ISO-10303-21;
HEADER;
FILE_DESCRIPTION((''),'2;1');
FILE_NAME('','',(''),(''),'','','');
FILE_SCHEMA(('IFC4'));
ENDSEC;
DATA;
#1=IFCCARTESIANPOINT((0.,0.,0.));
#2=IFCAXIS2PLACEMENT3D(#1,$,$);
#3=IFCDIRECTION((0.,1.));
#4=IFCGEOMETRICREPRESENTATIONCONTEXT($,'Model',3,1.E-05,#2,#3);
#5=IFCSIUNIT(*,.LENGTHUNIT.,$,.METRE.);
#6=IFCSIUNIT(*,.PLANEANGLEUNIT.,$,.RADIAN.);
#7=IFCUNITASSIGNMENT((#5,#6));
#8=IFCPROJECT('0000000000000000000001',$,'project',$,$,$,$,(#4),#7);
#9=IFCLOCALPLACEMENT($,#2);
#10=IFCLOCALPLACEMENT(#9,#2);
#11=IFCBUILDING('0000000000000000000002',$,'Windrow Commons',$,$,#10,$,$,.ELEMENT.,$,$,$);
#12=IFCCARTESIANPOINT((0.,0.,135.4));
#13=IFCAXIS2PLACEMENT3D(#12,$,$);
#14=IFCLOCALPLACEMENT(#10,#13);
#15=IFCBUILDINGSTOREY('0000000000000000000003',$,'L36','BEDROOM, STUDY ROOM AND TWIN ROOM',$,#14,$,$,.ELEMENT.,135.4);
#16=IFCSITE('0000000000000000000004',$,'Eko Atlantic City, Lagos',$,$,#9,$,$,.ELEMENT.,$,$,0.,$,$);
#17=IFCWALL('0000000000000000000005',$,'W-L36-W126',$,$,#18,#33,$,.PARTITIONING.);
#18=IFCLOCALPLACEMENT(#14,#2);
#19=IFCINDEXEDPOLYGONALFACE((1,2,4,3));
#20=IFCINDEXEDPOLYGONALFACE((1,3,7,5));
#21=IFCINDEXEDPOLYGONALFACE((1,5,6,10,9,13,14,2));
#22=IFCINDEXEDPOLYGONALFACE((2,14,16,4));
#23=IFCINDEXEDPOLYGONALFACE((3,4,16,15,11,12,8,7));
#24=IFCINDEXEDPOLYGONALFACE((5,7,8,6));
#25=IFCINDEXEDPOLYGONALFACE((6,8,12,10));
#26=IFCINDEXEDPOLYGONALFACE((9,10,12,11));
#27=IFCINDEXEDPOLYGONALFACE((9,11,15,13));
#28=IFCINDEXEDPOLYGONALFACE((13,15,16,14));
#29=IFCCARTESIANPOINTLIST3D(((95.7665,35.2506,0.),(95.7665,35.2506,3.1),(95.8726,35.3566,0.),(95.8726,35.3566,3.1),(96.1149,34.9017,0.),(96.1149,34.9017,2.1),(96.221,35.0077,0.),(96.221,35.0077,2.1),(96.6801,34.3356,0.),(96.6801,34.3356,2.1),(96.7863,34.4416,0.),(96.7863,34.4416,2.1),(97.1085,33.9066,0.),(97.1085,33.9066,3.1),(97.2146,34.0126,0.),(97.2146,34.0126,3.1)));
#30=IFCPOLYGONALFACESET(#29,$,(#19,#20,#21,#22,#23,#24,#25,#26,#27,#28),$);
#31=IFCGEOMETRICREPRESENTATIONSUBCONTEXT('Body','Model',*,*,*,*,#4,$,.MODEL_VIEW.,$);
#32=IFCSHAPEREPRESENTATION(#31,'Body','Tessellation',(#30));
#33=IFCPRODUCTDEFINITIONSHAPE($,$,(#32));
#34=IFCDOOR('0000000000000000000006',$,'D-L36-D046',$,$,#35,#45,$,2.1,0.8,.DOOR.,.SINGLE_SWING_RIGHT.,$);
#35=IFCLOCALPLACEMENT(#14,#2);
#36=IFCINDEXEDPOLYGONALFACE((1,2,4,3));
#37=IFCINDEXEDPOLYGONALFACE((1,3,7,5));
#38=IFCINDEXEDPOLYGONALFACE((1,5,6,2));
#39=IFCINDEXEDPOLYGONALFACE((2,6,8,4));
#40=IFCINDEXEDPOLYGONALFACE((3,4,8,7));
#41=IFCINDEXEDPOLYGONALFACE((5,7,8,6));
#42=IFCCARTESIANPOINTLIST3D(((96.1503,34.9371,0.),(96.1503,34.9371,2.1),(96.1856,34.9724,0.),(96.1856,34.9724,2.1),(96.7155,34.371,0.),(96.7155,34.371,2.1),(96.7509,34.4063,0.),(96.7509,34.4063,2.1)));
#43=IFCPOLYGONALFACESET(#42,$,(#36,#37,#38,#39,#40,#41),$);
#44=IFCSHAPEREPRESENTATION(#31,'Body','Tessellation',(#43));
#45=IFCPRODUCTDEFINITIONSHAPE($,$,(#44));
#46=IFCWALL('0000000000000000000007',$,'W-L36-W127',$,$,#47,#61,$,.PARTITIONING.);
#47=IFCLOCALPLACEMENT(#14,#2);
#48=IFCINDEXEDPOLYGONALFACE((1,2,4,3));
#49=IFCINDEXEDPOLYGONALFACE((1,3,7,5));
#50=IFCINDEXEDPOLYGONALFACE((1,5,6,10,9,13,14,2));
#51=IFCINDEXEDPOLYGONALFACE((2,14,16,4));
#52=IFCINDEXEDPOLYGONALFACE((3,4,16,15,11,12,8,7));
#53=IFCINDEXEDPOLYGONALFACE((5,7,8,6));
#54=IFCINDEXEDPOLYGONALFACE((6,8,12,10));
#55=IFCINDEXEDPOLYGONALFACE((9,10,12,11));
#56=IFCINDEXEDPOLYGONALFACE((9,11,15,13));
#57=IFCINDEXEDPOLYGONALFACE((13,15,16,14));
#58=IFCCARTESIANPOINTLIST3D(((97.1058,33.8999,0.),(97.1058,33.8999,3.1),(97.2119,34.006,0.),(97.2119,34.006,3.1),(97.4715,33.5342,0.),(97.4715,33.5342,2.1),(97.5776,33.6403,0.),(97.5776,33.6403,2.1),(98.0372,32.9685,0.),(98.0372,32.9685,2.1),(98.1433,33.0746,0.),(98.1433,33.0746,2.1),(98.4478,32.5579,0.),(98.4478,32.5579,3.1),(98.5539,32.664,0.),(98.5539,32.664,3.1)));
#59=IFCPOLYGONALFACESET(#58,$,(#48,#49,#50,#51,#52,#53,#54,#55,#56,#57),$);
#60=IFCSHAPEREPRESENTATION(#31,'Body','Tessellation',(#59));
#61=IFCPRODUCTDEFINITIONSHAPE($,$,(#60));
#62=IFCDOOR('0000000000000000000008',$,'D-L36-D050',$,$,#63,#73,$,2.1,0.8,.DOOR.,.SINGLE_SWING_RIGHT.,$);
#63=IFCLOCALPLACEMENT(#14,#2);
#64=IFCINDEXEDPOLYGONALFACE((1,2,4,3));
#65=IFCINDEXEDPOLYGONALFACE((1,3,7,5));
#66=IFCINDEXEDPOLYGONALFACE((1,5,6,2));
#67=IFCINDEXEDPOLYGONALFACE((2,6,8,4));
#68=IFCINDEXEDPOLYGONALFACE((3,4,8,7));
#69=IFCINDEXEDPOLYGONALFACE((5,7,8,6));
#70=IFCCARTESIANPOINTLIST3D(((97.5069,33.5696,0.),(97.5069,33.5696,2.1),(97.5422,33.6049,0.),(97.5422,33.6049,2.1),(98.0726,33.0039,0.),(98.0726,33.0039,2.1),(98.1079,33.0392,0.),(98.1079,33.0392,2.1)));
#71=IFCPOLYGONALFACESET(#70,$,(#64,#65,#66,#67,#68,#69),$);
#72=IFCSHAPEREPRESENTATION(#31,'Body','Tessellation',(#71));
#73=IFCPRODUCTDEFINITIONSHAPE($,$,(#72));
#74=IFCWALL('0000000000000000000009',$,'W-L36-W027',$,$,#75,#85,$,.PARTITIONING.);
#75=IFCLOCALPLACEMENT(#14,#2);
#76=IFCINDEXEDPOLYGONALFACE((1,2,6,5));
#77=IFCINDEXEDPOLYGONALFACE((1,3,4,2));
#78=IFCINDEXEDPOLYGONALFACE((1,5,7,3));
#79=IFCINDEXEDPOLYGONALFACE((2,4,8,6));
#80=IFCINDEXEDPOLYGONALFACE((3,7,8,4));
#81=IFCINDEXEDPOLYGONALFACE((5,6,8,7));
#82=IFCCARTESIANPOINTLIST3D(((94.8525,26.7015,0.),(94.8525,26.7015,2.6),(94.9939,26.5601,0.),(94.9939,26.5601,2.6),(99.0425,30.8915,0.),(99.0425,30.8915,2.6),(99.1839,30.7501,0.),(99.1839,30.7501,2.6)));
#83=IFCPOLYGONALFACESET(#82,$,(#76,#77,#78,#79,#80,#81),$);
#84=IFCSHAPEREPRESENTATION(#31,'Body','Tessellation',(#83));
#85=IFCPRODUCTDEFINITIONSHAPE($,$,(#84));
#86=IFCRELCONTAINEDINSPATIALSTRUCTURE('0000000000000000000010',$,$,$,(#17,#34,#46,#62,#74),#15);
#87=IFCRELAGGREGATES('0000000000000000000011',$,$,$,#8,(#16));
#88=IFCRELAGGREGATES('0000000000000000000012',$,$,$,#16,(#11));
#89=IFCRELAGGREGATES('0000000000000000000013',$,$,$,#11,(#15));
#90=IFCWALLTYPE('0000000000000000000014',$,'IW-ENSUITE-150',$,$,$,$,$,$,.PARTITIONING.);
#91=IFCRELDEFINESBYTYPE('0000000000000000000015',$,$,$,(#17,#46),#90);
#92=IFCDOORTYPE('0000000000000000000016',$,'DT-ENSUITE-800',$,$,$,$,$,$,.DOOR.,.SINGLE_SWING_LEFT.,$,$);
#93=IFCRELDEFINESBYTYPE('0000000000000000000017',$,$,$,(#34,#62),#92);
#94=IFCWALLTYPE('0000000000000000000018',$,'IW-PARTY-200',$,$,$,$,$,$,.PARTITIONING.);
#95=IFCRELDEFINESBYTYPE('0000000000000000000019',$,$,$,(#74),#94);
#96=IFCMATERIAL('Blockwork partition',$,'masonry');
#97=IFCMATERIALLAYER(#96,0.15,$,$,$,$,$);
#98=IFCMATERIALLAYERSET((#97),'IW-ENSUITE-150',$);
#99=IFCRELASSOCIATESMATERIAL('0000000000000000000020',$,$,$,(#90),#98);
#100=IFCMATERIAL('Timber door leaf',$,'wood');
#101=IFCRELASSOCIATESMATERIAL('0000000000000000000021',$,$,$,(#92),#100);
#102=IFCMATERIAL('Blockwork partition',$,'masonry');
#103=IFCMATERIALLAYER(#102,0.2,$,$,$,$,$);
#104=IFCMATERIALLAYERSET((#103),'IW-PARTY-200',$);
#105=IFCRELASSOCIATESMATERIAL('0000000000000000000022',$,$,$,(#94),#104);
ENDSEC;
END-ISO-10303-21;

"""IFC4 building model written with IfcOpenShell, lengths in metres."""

from ifc_helpers import new_model, si_unit, direction, frame, frame_2d, origin, place, context, subcontext, project, spatial, rectangle, extrude, material, layer, layer_set, type_object, element, fill, save


model = new_model("IFC4")

# Units and contexts
model_context = context("Model", 3, precision=1e-05, world=origin(), true_north=direction((0.0, 1.0)))
body_context = subcontext(model_context, "Body", "Model", "MODEL_VIEW")
ifc_project = project(units=[si_unit("LENGTHUNIT", "METRE"), si_unit("PLANEANGLEUNIT", "RADIAN")], contexts=[model_context])

# Site, building, storey
site_placement = place(None, origin())
site = spatial("IfcSite", under=ifc_project, at=site_placement, Name="Eko Atlantic City, Lagos", CompositionType="ELEMENT", RefElevation=0.0)
building_placement = place(site_placement, origin())
building = spatial("IfcBuilding", under=site, at=building_placement, Name="Windrow Commons", CompositionType="ELEMENT")
storey_placement = place(building_placement, frame((0.0, 0.0, 135.4)))
storey = spatial("IfcBuildingStorey", under=building, at=storey_placement, Name="L36", Description="BEDROOM, STUDY ROOM AND TWIN ROOM", CompositionType="ELEMENT", Elevation=135.4)

# Shared definitions
ifc_material_1 = material(Name="Blockwork partition", Category="masonry")
ifc_layer_1 = layer(ifc_material_1, 0.15)
ifc_layer_set_1 = layer_set([ifc_layer_1], Name="IW-ENSUITE-150")
wall_type_1 = type_object("IfcWallType", Name="IW-ENSUITE-150", PredefinedType="PARTITIONING", material=ifc_layer_set_1)

# Walls, openings, doors
wall_1_placement = place(storey_placement, frame((95.8196, 35.3036, 0.0), z_axis=(0.0, 0.0, 1.0), x_axis=(0.70658, -0.707633, 0.0)))
wall_1 = element("IfcWall", 1, at=wall_1_placement, inside=storey, type_object=wall_type_1, Name="W-L36-W126", PredefinedType="PARTITIONING", context=body_context, shape_type="SweptSolid", body=[
    extrude(rectangle(XDim=1.8993, YDim=0.15, at=frame_2d((0.9496, 0.0))), origin(), (0.0, 0.0, 1.0), 3.1),
])
opening_1_placement = place(wall_1_placement, frame((0.493, 0.0, 0.0)))
opening_1 = element("IfcOpeningElement", 2, at=opening_1_placement, cuts=wall_1, PredefinedType="OPENING", context=body_context, shape_type="SweptSolid", body=[
    extrude(rectangle(XDim=0.8, YDim=2.1, at=frame_2d((0.4, 1.05))), frame((0.0, 0.085, 0.0), z_axis=(0.0, -1.0, 0.0), x_axis=(1.0, 0.0, 0.0)), (0.0, 0.0, 1.0), 0.17),
])
ifc_material_2 = material(Name="Timber door leaf", Category="wood")
door_type = type_object("IfcDoorType", Name="DT-ENSUITE-800", OperationType="SINGLE_SWING_LEFT", PredefinedType="DOOR", material=ifc_material_2)
door_1_placement = place(opening_1_placement, origin())
door_1 = element("IfcDoor", 3, at=door_1_placement, inside=storey, type_object=door_type, Name="D-L36-D046", OperationType="SINGLE_SWING_RIGHT", OverallHeight=2.1, OverallWidth=0.8, PredefinedType="DOOR", context=body_context, shape_type="SweptSolid", body=[
    extrude(rectangle(XDim=0.8, YDim=2.1, at=frame_2d((0.4, 1.05))), frame((0.0, 0.025, 0.0), z_axis=(0.0, -1.0, 0.0), x_axis=(1.0, 0.0, 0.0)), (0.0, 0.0, 1.0), 0.05),
])
fill(opening_1, door_1)
wall_2_placement = place(storey_placement, frame((97.1589, 33.9529, 0.0), z_axis=(0.0, 0.0, 1.0), x_axis=(0.707107, -0.707107, 0.0)))
wall_2 = element("IfcWall", 4, at=wall_2_placement, inside=storey, type_object=wall_type_1, Name="W-L36-W127", PredefinedType="PARTITIONING", context=body_context, shape_type="SweptSolid", body=[
    extrude(rectangle(XDim=1.8979, YDim=0.15, at=frame_2d((0.9489, 0.0))), origin(), (0.0, 0.0, 1.0), 3.1),
])
opening_2_placement = place(wall_2_placement, frame((0.5171, 0.0, 0.0)))
opening_2 = element("IfcOpeningElement", 5, at=opening_2_placement, cuts=wall_2, PredefinedType="OPENING", context=body_context, shape_type="SweptSolid", body=[
    extrude(rectangle(XDim=0.8, YDim=2.1, at=frame_2d((0.4, 1.05))), frame((0.0, 0.085, 0.0), z_axis=(0.0, -1.0, 0.0), x_axis=(1.0, 0.0, 0.0)), (0.0, 0.0, 1.0), 0.17),
])
door_2_placement = place(opening_2_placement, origin())
door_2 = element("IfcDoor", 6, at=door_2_placement, inside=storey, type_object=door_type, Name="D-L36-D050", OperationType="SINGLE_SWING_RIGHT", OverallHeight=2.1, OverallWidth=0.8, PredefinedType="DOOR", context=body_context, shape_type="SweptSolid", body=[
    extrude(rectangle(XDim=0.8, YDim=2.1, at=frame_2d((0.4, 1.05))), frame((0.0, 0.025, 0.0), z_axis=(0.0, -1.0, 0.0), x_axis=(1.0, 0.0, 0.0)), (0.0, 0.0, 1.0), 0.05),
])
fill(opening_2, door_2)

# Wall
ifc_material_3 = material(Name="Blockwork partition", Category="masonry")
ifc_layer_2 = layer(ifc_material_3, 0.2)
ifc_layer_set_2 = layer_set([ifc_layer_2], Name="IW-PARTY-200")
wall_type_2 = type_object("IfcWallType", Name="IW-PARTY-200", PredefinedType="PARTITIONING", material=ifc_layer_set_2)
wall_3_placement = place(storey_placement, frame((94.9232, 26.6308, 0.0), z_axis=(0.0, 0.0, 1.0), x_axis=(0.707107, 0.707107, 0.0)))
element("IfcWall", 7, at=wall_3_placement, inside=storey, type_object=wall_type_2, Name="W-L36-W027", PredefinedType="PARTITIONING", context=body_context, shape_type="SweptSolid", body=[
    extrude(rectangle(XDim=5.9256, YDim=0.2, at=frame_2d((2.9628, 0.0))), origin(), (0.0, 0.0, 1.0), 2.6),
])

save(model, "model.ifc")
